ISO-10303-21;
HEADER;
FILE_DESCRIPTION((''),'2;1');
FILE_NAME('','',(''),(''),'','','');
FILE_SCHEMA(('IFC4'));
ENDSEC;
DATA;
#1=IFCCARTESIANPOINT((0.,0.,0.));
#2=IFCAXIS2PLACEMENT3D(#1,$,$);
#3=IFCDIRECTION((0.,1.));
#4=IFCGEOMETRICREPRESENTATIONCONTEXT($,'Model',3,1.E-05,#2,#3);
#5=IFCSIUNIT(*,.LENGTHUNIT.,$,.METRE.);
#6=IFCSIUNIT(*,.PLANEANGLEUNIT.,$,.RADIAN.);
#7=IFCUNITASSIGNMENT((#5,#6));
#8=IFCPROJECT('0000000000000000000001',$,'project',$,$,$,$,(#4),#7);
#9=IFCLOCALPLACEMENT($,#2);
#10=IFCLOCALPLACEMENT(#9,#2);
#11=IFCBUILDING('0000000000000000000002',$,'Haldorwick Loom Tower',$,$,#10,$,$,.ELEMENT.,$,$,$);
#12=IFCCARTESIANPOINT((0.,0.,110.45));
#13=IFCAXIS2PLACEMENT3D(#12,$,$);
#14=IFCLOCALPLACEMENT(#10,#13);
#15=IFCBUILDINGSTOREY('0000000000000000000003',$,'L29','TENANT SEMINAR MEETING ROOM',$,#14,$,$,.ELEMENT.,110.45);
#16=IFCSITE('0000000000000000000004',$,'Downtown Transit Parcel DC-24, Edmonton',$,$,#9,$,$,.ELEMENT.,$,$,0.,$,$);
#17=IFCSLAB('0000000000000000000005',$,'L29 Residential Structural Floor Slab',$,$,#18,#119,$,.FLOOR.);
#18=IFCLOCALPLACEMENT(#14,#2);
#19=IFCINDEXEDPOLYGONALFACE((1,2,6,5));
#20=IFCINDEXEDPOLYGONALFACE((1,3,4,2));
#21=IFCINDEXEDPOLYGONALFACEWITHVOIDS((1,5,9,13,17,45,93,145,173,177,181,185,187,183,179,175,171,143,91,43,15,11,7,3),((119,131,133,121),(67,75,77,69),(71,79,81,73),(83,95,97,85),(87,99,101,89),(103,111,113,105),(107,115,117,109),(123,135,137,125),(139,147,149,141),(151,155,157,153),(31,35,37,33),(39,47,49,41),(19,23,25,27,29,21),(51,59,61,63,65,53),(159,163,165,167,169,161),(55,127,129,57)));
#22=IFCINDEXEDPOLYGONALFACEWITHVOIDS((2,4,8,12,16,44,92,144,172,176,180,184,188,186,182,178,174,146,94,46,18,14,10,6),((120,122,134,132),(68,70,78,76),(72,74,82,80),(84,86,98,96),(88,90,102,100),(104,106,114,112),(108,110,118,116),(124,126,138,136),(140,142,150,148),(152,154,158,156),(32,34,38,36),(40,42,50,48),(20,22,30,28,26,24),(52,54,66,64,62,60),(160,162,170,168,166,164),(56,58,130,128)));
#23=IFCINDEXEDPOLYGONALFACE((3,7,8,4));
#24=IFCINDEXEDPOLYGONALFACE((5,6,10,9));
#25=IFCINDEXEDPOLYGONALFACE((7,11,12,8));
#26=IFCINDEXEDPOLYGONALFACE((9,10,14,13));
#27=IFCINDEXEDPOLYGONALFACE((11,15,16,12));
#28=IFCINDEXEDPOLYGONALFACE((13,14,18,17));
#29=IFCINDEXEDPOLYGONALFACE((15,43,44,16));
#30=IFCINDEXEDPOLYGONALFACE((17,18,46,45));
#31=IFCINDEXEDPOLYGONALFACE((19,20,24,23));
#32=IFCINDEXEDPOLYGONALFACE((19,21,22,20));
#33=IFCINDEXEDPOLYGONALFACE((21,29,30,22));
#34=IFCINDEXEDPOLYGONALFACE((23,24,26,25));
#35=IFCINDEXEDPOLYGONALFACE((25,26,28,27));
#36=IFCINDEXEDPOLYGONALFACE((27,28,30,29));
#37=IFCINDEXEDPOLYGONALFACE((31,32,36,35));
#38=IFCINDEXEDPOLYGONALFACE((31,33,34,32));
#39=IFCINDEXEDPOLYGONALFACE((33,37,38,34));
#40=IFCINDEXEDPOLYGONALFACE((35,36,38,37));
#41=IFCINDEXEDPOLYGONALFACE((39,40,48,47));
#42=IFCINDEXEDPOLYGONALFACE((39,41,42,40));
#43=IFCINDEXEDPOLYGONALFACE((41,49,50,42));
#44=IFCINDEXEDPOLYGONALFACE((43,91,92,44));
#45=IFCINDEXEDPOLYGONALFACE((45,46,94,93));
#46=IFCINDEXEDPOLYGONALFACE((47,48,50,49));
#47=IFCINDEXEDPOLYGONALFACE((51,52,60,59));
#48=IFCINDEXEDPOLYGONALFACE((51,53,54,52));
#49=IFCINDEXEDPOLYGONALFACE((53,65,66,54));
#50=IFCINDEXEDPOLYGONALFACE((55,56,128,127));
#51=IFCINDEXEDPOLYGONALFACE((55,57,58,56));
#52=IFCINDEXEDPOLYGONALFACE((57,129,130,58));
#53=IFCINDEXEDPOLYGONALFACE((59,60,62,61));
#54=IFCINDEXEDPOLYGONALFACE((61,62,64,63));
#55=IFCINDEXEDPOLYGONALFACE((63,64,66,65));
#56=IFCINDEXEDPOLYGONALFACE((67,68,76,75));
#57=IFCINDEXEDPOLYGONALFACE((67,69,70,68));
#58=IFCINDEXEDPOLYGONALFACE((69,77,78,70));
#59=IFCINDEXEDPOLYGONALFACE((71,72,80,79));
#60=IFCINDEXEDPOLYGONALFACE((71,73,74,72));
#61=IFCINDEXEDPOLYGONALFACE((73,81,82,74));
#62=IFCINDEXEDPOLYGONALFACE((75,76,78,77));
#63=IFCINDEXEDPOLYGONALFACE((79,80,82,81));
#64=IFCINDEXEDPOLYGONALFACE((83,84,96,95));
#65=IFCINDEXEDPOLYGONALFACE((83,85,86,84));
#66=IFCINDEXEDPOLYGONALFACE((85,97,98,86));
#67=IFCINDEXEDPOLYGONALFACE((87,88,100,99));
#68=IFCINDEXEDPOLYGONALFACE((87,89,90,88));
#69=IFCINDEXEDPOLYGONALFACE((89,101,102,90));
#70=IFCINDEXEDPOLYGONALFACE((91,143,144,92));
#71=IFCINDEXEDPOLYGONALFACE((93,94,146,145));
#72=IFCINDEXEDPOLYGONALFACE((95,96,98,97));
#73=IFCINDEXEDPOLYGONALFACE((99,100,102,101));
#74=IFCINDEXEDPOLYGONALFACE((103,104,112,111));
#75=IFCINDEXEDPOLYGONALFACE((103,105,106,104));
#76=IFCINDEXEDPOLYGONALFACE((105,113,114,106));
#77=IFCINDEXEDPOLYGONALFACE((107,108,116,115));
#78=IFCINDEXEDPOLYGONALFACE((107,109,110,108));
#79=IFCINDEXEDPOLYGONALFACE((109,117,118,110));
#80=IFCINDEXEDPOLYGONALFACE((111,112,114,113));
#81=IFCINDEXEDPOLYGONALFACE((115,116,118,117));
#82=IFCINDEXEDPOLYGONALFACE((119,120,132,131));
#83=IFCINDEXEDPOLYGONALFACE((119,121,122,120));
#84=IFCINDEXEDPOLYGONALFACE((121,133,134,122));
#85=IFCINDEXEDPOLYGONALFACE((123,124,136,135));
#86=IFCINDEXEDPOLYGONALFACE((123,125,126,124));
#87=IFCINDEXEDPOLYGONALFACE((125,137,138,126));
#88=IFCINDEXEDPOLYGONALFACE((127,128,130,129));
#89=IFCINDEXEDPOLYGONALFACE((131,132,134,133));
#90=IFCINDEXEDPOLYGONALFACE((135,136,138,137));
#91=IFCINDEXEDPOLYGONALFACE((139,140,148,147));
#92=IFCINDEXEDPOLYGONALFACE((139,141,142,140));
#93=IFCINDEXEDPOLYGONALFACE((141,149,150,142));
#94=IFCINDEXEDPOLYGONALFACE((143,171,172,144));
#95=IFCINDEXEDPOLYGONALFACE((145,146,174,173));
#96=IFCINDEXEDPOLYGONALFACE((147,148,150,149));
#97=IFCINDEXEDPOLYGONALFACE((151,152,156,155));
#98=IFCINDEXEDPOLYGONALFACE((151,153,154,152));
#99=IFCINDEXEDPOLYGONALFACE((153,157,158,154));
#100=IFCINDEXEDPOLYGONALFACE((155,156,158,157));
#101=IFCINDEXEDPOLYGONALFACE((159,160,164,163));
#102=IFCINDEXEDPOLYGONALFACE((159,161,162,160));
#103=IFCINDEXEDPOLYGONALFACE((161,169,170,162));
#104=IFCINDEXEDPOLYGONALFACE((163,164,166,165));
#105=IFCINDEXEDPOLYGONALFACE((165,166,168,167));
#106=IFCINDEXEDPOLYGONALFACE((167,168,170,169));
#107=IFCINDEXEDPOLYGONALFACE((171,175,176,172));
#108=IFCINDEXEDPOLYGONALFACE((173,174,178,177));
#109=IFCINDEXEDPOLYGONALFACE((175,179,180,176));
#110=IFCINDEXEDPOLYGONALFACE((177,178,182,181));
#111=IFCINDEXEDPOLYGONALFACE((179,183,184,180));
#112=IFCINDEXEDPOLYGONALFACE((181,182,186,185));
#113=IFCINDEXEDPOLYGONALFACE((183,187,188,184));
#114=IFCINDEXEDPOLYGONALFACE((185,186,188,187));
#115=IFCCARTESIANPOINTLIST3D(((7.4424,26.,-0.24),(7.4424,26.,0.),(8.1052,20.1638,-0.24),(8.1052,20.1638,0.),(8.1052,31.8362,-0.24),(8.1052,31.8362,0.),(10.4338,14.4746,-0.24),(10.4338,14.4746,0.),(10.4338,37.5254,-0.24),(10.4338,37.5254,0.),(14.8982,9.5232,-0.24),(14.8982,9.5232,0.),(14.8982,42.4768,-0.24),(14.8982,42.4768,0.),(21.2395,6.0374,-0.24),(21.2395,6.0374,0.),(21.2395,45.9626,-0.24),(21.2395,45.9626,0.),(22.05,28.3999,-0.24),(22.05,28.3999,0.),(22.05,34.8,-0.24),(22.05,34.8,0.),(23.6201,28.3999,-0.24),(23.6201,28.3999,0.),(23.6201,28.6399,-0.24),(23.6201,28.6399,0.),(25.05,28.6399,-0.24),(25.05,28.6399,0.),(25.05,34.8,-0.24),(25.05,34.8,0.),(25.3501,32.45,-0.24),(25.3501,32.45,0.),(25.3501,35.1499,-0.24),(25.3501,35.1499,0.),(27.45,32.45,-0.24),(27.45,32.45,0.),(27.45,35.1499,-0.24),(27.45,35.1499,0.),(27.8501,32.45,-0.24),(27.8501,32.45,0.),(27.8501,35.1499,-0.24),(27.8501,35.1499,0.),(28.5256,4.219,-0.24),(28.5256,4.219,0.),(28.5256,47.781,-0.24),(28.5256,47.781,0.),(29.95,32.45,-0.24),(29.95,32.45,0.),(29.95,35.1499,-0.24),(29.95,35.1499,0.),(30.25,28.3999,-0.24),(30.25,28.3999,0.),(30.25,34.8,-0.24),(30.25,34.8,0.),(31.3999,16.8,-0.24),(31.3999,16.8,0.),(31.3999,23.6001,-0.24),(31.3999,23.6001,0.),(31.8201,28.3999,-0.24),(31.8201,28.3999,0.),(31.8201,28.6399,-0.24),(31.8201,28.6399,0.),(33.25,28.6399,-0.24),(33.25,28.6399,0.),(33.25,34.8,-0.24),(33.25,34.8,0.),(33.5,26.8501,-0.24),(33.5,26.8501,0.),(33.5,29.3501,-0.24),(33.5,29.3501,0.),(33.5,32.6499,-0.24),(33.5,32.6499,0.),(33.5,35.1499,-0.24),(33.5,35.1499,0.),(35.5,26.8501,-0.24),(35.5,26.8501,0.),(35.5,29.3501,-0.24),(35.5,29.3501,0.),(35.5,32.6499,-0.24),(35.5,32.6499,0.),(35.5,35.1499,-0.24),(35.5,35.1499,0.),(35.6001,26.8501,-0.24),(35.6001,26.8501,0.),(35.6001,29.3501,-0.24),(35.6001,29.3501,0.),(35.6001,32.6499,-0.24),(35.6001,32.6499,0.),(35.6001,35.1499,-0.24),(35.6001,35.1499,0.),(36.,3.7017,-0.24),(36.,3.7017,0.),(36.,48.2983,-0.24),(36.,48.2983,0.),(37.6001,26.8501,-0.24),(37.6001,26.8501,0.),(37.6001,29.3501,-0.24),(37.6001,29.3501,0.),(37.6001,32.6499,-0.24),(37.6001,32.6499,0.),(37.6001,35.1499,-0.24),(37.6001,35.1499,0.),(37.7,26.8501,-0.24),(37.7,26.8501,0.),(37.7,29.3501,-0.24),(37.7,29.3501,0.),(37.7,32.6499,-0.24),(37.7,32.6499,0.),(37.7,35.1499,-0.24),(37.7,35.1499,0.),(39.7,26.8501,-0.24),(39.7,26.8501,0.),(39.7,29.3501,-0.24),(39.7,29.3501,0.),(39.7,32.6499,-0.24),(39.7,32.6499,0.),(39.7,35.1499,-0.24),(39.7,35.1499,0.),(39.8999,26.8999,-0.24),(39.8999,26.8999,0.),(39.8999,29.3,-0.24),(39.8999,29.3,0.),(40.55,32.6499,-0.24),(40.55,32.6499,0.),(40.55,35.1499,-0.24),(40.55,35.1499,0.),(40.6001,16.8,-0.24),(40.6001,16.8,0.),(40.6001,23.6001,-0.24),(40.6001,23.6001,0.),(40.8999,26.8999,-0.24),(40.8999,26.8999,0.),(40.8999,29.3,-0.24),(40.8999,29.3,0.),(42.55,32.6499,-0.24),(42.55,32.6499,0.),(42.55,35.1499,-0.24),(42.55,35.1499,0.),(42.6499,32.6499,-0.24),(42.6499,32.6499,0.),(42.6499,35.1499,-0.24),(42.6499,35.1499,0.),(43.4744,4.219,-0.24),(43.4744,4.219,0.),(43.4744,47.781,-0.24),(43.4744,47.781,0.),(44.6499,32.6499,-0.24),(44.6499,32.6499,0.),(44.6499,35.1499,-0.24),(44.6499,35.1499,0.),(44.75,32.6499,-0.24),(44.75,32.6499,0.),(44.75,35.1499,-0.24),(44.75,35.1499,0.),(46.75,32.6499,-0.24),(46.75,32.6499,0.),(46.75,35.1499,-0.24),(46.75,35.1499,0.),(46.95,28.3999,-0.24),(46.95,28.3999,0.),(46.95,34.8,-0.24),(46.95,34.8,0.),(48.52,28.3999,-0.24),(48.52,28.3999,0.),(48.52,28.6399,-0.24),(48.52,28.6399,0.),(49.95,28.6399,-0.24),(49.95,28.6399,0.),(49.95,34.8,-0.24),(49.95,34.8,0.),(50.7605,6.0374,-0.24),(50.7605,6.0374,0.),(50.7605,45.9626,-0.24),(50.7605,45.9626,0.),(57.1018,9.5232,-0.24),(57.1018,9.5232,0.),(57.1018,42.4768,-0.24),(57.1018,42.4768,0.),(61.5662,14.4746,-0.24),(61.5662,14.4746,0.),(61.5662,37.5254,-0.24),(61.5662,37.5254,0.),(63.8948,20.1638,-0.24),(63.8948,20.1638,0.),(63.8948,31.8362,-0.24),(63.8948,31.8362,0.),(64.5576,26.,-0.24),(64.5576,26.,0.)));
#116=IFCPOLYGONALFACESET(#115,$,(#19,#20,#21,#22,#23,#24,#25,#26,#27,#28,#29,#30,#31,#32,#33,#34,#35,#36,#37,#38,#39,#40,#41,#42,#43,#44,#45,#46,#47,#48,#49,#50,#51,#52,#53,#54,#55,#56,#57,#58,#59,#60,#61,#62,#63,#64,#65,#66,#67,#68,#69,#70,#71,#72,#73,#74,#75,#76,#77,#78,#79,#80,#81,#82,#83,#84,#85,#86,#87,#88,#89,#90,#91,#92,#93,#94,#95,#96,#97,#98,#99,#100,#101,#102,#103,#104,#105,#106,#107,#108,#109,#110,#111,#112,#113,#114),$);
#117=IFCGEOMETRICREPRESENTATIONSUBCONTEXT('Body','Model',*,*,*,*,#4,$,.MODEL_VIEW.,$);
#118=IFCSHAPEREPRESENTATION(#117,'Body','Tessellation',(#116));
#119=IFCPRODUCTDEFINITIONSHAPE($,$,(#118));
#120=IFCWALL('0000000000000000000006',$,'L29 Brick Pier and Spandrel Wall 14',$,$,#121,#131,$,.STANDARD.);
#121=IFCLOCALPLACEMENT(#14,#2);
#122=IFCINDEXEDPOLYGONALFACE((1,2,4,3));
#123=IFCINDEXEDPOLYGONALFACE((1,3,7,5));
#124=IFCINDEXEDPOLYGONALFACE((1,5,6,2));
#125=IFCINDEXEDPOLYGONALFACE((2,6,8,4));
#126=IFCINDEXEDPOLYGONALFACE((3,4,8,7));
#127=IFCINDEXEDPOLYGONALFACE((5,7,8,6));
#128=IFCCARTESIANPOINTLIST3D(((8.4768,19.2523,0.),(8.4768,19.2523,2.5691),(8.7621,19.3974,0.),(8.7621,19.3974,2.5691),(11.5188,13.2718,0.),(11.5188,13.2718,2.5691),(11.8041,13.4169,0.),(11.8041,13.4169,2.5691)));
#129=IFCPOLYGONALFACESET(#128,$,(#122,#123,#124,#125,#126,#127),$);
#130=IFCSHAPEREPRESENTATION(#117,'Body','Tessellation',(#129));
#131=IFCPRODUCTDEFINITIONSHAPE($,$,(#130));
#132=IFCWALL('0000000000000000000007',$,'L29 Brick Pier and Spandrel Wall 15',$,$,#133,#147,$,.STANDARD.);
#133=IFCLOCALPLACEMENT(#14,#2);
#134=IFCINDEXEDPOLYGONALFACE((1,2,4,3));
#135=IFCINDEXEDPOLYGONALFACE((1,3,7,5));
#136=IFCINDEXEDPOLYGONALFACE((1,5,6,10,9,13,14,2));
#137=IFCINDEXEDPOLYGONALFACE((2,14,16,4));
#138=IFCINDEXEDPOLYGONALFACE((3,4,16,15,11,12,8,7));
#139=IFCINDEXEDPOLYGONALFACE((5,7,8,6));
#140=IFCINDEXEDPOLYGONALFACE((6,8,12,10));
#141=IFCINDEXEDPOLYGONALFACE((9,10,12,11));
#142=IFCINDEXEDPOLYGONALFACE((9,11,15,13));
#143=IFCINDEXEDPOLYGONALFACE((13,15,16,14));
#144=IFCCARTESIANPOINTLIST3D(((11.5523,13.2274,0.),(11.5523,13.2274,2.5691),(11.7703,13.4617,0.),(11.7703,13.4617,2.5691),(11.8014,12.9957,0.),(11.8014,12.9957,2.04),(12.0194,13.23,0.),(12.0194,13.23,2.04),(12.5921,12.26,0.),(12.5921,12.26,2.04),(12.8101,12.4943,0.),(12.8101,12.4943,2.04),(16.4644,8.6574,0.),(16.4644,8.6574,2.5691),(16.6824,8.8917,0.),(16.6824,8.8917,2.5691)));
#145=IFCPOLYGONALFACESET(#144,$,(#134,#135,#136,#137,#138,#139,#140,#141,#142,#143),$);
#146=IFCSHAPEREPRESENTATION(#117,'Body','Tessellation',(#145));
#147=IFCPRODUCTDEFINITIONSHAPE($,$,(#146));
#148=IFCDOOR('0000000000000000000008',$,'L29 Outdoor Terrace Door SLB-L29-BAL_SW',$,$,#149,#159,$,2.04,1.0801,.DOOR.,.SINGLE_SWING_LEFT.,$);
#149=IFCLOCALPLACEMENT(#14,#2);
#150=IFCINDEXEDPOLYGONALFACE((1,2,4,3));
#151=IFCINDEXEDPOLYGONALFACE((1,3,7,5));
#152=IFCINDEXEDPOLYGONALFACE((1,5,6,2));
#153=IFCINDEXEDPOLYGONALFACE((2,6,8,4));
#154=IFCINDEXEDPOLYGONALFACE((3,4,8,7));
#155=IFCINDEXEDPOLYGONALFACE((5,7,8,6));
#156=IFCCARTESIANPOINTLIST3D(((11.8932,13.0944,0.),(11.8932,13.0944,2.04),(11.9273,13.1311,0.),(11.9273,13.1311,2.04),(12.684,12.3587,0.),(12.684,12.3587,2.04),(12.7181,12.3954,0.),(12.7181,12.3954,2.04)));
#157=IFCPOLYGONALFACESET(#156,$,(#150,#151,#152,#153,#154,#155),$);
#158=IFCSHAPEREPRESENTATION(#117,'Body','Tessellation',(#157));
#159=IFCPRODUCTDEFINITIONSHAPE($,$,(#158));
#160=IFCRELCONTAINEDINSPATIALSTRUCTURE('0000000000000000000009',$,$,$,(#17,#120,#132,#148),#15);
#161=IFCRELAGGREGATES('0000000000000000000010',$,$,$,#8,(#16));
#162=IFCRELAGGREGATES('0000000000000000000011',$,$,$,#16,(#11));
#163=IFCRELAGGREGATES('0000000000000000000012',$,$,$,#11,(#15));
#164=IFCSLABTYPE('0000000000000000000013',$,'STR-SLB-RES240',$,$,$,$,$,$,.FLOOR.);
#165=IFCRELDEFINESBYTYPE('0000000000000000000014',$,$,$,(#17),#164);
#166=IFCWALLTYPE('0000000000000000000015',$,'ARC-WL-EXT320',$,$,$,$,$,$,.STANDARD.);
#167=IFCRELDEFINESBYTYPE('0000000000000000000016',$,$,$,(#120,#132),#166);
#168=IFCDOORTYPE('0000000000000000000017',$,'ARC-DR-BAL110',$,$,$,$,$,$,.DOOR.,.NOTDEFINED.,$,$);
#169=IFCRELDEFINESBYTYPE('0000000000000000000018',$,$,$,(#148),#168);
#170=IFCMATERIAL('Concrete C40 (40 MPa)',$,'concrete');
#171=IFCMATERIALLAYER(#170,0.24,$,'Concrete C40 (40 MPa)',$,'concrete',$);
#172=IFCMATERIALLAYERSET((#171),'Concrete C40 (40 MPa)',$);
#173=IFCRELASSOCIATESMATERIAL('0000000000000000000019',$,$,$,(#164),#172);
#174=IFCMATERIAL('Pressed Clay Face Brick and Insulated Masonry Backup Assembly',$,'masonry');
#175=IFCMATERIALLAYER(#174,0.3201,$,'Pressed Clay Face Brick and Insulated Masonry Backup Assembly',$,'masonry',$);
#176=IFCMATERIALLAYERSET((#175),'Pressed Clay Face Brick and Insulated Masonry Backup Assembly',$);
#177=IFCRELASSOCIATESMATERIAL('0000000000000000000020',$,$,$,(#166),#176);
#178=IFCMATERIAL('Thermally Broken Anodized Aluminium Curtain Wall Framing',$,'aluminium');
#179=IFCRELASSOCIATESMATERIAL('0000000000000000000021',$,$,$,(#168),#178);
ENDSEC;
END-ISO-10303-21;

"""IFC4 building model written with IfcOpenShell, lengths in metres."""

from ifc_helpers import new_model, si_unit, direction, frame, frame_2d, origin, place, context, subcontext, project, spatial, polyline, rectangle, outline, extrude, material, layer, layer_set, type_object, element, fill, save


model = new_model("IFC4")

# Units and contexts
model_context = context("Model", 3, precision=1e-05, world=origin(), true_north=direction((0.0, 1.0)))
body_context = subcontext(model_context, "Body", "Model", "MODEL_VIEW")
ifc_project = project(units=[si_unit("LENGTHUNIT", "METRE"), si_unit("PLANEANGLEUNIT", "RADIAN")], contexts=[model_context])

# Site, building, storey
site_placement = place(None, origin())
site = spatial("IfcSite", under=ifc_project, at=site_placement, Name="Downtown Transit Parcel DC-24, Edmonton", CompositionType="ELEMENT", RefElevation=0.0)
building_placement = place(site_placement, origin())
building = spatial("IfcBuilding", under=site, at=building_placement, Name="Haldorwick Loom Tower", CompositionType="ELEMENT")
storey_placement = place(building_placement, frame((0.0, 0.0, 110.45)))
storey = spatial("IfcBuildingStorey", under=building, at=storey_placement, Name="L29", Description="TENANT SEMINAR MEETING ROOM", CompositionType="ELEMENT", Elevation=110.45)

# Shared definitions
ifc_material_1 = material(Name="Concrete C40 (40 MPa)", Category="concrete")

# Slab
ifc_layer_1 = layer(ifc_material_1, 0.24, Name="Concrete C40 (40 MPa)", Category="concrete")
ifc_layer_set_1 = layer_set([ifc_layer_1], Name="Concrete C40 (40 MPa)")
slab_type_1 = type_object("IfcSlabType", Name="STR-SLB-RES240", PredefinedType="FLOOR", material=ifc_layer_set_1)
slab_1_placement = place(storey_placement, frame((0.0, 0.0, -0.24)))
element("IfcSlab", 1, at=slab_1_placement, inside=storey, type_object=slab_type_1, Name="L29 Residential Structural Floor Slab", PredefinedType="FLOOR", context=body_context, shape_type="SweptSolid", body=[
    extrude(outline(polyline([(57.1018, 9.5232), (61.5662, 14.4746), (63.8948, 20.1638), (64.5576, 26.0), (63.8948, 31.8362), (61.5662, 37.5254), (57.1018, 42.4768), (50.7605, 45.9626), (43.4744, 47.781), (36.0, 48.2983), (28.5256, 47.781), (21.2395, 45.9626), (14.8982, 42.4768), (10.4338, 37.5254), (8.1052, 31.8362), (7.4424, 26.0), (8.1052, 20.1638), (10.4338, 14.4746), (14.8982, 9.5232), (21.2395, 6.0374), (28.5256, 4.219), (36.0, 3.7017), (43.4744, 4.219), (50.7605, 6.0374), (57.1018, 9.5232)]), holes=[polyline([(31.3999, 23.6001), (40.6001, 23.6001), (40.6001, 16.8), (31.3999, 16.8), (31.3999, 23.6001)]), polyline([(33.5, 26.8501), (33.5, 29.3501), (35.5, 29.3501), (35.5, 26.8501), (33.5, 26.8501)]), polyline([(22.05, 28.3999), (22.05, 34.8), (25.05, 34.8), (25.05, 28.6399), (23.6201, 28.6399), (23.6201, 28.3999), (22.05, 28.3999)]), polyline([(30.25, 28.3999), (30.25, 34.8), (33.25, 34.8), (33.25, 28.6399), (31.8201, 28.6399), (31.8201, 28.3999), (30.25, 28.3999)]), polyline([(25.3501, 32.45), (25.3501, 35.1499), (27.45, 35.1499), (27.45, 32.45), (25.3501, 32.45)]), polyline([(27.8501, 32.45), (27.8501, 35.1499), (29.95, 35.1499), (29.95, 32.45), (27.8501, 32.45)]), polyline([(33.5, 32.6499), (33.5, 35.1499), (35.5, 35.1499), (35.5, 32.6499), (33.5, 32.6499)]), polyline([(35.6001, 32.6499), (35.6001, 35.1499), (37.6001, 35.1499), (37.6001, 32.6499), (35.6001, 32.6499)]), polyline([(35.6001, 26.8501), (35.6001, 29.3501), (37.6001, 29.3501), (37.6001, 26.8501), (35.6001, 26.8501)]), polyline([(37.7, 26.8501), (37.7, 29.3501), (39.7, 29.3501), (39.7, 26.8501), (37.7, 26.8501)]), polyline([(39.8999, 26.8999), (39.8999, 29.3), (40.8999, 29.3), (40.8999, 26.8999), (39.8999, 26.8999)]), polyline([(46.95, 28.3999), (46.95, 34.8), (49.95, 34.8), (49.95, 28.6399), (48.52, 28.6399), (48.52, 28.3999), (46.95, 28.3999)]), polyline([(37.7, 32.6499), (37.7, 35.1499), (39.7, 35.1499), (39.7, 32.6499), (37.7, 32.6499)]), polyline([(40.55, 32.6499), (40.55, 35.1499), (42.55, 35.1499), (42.55, 32.6499), (40.55, 32.6499)]), polyline([(42.6499, 32.6499), (42.6499, 35.1499), (44.6499, 35.1499), (44.6499, 32.6499), (42.6499, 32.6499)]), polyline([(44.75, 32.6499), (44.75, 35.1499), (46.75, 35.1499), (46.75, 32.6499), (44.75, 32.6499)])]), origin(), (0.0, 0.0, 1.0), 0.24),
])

# Wall
ifc_material_2 = material(Name="Pressed Clay Face Brick and Insulated Masonry Backup Assembly", Category="masonry")
ifc_layer_2 = layer(ifc_material_2, 0.3201, Name="Pressed Clay Face Brick and Insulated Masonry Backup Assembly", Category="masonry")
ifc_layer_set_2 = layer_set([ifc_layer_2], Name="Pressed Clay Face Brick and Insulated Masonry Backup Assembly")
wall_type_1 = type_object("IfcWallType", Name="ARC-WL-EXT320", PredefinedType="STANDARD", material=ifc_layer_set_2)
wall_1_placement = place(storey_placement, frame((8.6194, 19.325, 0.0), z_axis=(0.0, 0.0, 1.0), x_axis=(0.453374, -0.89132, 0.0)))
element("IfcWall", 2, at=wall_1_placement, inside=storey, type_object=wall_type_1, Name="L29 Brick Pier and Spandrel Wall 14", PredefinedType="STANDARD", context=body_context, shape_type="SweptSolid", body=[
    extrude(rectangle(XDim=6.7097, YDim=0.3201, at=frame_2d((3.355, 0.0))), origin(), (0.0, 0.0, 1.0), 2.5691),
])

# Wall, opening, door
wall_2_placement = place(storey_placement, frame((11.6614, 13.3445, 0.0), z_axis=(0.0, 0.0, 1.0), x_axis=(0.732137, -0.681157, 0.0)))
wall_2 = element("IfcWall", 3, at=wall_2_placement, inside=storey, type_object=wall_type_1, Name="L29 Brick Pier and Spandrel Wall 15", PredefinedType="STANDARD", context=body_context, shape_type="SweptSolid", body=[
    extrude(rectangle(XDim=6.7092, YDim=0.3201, at=frame_2d((3.3545, 0.0))), origin(), (0.0, 0.0, 1.0), 2.5691),
])
opening_1_placement = place(wall_2_placement, frame((0.3401, 0.0, 0.0)))
opening_1 = element("IfcOpeningElement", 4, at=opening_1_placement, cuts=wall_2, PredefinedType="OPENING", context=body_context, shape_type="SweptSolid", body=[
    extrude(rectangle(XDim=1.0801, YDim=2.04, at=frame_2d((0.54, 1.02))), frame((0.0, 0.1699, 0.0), z_axis=(0.0, -1.0, 0.0), x_axis=(1.0, 0.0, 0.0)), (0.0, 0.0, 1.0), 0.3401),
])
ifc_material_3 = material(Name="Thermally Broken Anodized Aluminium Curtain Wall Framing", Category="aluminium")
door_type = type_object("IfcDoorType", Name="ARC-DR-BAL110", OperationType="NOTDEFINED", PredefinedType="DOOR", material=ifc_material_3)
door_placement = place(opening_1_placement, origin())
door = element("IfcDoor", 5, at=door_placement, inside=storey, type_object=door_type, Name="L29 Outdoor Terrace Door SLB-L29-BAL_SW", OperationType="SINGLE_SWING_LEFT", OverallHeight=2.04, OverallWidth=1.0801, PredefinedType="DOOR", context=body_context, shape_type="SweptSolid", body=[
    extrude(rectangle(XDim=1.0801, YDim=2.04, at=frame_2d((0.54, 1.02))), frame((0.0, 0.0249, 0.0), z_axis=(0.0, -1.0, 0.0), x_axis=(1.0, 0.0, 0.0)), (0.0, 0.0, 1.0), 0.05),
])
fill(opening_1, door)

save(model, "model.ifc")
